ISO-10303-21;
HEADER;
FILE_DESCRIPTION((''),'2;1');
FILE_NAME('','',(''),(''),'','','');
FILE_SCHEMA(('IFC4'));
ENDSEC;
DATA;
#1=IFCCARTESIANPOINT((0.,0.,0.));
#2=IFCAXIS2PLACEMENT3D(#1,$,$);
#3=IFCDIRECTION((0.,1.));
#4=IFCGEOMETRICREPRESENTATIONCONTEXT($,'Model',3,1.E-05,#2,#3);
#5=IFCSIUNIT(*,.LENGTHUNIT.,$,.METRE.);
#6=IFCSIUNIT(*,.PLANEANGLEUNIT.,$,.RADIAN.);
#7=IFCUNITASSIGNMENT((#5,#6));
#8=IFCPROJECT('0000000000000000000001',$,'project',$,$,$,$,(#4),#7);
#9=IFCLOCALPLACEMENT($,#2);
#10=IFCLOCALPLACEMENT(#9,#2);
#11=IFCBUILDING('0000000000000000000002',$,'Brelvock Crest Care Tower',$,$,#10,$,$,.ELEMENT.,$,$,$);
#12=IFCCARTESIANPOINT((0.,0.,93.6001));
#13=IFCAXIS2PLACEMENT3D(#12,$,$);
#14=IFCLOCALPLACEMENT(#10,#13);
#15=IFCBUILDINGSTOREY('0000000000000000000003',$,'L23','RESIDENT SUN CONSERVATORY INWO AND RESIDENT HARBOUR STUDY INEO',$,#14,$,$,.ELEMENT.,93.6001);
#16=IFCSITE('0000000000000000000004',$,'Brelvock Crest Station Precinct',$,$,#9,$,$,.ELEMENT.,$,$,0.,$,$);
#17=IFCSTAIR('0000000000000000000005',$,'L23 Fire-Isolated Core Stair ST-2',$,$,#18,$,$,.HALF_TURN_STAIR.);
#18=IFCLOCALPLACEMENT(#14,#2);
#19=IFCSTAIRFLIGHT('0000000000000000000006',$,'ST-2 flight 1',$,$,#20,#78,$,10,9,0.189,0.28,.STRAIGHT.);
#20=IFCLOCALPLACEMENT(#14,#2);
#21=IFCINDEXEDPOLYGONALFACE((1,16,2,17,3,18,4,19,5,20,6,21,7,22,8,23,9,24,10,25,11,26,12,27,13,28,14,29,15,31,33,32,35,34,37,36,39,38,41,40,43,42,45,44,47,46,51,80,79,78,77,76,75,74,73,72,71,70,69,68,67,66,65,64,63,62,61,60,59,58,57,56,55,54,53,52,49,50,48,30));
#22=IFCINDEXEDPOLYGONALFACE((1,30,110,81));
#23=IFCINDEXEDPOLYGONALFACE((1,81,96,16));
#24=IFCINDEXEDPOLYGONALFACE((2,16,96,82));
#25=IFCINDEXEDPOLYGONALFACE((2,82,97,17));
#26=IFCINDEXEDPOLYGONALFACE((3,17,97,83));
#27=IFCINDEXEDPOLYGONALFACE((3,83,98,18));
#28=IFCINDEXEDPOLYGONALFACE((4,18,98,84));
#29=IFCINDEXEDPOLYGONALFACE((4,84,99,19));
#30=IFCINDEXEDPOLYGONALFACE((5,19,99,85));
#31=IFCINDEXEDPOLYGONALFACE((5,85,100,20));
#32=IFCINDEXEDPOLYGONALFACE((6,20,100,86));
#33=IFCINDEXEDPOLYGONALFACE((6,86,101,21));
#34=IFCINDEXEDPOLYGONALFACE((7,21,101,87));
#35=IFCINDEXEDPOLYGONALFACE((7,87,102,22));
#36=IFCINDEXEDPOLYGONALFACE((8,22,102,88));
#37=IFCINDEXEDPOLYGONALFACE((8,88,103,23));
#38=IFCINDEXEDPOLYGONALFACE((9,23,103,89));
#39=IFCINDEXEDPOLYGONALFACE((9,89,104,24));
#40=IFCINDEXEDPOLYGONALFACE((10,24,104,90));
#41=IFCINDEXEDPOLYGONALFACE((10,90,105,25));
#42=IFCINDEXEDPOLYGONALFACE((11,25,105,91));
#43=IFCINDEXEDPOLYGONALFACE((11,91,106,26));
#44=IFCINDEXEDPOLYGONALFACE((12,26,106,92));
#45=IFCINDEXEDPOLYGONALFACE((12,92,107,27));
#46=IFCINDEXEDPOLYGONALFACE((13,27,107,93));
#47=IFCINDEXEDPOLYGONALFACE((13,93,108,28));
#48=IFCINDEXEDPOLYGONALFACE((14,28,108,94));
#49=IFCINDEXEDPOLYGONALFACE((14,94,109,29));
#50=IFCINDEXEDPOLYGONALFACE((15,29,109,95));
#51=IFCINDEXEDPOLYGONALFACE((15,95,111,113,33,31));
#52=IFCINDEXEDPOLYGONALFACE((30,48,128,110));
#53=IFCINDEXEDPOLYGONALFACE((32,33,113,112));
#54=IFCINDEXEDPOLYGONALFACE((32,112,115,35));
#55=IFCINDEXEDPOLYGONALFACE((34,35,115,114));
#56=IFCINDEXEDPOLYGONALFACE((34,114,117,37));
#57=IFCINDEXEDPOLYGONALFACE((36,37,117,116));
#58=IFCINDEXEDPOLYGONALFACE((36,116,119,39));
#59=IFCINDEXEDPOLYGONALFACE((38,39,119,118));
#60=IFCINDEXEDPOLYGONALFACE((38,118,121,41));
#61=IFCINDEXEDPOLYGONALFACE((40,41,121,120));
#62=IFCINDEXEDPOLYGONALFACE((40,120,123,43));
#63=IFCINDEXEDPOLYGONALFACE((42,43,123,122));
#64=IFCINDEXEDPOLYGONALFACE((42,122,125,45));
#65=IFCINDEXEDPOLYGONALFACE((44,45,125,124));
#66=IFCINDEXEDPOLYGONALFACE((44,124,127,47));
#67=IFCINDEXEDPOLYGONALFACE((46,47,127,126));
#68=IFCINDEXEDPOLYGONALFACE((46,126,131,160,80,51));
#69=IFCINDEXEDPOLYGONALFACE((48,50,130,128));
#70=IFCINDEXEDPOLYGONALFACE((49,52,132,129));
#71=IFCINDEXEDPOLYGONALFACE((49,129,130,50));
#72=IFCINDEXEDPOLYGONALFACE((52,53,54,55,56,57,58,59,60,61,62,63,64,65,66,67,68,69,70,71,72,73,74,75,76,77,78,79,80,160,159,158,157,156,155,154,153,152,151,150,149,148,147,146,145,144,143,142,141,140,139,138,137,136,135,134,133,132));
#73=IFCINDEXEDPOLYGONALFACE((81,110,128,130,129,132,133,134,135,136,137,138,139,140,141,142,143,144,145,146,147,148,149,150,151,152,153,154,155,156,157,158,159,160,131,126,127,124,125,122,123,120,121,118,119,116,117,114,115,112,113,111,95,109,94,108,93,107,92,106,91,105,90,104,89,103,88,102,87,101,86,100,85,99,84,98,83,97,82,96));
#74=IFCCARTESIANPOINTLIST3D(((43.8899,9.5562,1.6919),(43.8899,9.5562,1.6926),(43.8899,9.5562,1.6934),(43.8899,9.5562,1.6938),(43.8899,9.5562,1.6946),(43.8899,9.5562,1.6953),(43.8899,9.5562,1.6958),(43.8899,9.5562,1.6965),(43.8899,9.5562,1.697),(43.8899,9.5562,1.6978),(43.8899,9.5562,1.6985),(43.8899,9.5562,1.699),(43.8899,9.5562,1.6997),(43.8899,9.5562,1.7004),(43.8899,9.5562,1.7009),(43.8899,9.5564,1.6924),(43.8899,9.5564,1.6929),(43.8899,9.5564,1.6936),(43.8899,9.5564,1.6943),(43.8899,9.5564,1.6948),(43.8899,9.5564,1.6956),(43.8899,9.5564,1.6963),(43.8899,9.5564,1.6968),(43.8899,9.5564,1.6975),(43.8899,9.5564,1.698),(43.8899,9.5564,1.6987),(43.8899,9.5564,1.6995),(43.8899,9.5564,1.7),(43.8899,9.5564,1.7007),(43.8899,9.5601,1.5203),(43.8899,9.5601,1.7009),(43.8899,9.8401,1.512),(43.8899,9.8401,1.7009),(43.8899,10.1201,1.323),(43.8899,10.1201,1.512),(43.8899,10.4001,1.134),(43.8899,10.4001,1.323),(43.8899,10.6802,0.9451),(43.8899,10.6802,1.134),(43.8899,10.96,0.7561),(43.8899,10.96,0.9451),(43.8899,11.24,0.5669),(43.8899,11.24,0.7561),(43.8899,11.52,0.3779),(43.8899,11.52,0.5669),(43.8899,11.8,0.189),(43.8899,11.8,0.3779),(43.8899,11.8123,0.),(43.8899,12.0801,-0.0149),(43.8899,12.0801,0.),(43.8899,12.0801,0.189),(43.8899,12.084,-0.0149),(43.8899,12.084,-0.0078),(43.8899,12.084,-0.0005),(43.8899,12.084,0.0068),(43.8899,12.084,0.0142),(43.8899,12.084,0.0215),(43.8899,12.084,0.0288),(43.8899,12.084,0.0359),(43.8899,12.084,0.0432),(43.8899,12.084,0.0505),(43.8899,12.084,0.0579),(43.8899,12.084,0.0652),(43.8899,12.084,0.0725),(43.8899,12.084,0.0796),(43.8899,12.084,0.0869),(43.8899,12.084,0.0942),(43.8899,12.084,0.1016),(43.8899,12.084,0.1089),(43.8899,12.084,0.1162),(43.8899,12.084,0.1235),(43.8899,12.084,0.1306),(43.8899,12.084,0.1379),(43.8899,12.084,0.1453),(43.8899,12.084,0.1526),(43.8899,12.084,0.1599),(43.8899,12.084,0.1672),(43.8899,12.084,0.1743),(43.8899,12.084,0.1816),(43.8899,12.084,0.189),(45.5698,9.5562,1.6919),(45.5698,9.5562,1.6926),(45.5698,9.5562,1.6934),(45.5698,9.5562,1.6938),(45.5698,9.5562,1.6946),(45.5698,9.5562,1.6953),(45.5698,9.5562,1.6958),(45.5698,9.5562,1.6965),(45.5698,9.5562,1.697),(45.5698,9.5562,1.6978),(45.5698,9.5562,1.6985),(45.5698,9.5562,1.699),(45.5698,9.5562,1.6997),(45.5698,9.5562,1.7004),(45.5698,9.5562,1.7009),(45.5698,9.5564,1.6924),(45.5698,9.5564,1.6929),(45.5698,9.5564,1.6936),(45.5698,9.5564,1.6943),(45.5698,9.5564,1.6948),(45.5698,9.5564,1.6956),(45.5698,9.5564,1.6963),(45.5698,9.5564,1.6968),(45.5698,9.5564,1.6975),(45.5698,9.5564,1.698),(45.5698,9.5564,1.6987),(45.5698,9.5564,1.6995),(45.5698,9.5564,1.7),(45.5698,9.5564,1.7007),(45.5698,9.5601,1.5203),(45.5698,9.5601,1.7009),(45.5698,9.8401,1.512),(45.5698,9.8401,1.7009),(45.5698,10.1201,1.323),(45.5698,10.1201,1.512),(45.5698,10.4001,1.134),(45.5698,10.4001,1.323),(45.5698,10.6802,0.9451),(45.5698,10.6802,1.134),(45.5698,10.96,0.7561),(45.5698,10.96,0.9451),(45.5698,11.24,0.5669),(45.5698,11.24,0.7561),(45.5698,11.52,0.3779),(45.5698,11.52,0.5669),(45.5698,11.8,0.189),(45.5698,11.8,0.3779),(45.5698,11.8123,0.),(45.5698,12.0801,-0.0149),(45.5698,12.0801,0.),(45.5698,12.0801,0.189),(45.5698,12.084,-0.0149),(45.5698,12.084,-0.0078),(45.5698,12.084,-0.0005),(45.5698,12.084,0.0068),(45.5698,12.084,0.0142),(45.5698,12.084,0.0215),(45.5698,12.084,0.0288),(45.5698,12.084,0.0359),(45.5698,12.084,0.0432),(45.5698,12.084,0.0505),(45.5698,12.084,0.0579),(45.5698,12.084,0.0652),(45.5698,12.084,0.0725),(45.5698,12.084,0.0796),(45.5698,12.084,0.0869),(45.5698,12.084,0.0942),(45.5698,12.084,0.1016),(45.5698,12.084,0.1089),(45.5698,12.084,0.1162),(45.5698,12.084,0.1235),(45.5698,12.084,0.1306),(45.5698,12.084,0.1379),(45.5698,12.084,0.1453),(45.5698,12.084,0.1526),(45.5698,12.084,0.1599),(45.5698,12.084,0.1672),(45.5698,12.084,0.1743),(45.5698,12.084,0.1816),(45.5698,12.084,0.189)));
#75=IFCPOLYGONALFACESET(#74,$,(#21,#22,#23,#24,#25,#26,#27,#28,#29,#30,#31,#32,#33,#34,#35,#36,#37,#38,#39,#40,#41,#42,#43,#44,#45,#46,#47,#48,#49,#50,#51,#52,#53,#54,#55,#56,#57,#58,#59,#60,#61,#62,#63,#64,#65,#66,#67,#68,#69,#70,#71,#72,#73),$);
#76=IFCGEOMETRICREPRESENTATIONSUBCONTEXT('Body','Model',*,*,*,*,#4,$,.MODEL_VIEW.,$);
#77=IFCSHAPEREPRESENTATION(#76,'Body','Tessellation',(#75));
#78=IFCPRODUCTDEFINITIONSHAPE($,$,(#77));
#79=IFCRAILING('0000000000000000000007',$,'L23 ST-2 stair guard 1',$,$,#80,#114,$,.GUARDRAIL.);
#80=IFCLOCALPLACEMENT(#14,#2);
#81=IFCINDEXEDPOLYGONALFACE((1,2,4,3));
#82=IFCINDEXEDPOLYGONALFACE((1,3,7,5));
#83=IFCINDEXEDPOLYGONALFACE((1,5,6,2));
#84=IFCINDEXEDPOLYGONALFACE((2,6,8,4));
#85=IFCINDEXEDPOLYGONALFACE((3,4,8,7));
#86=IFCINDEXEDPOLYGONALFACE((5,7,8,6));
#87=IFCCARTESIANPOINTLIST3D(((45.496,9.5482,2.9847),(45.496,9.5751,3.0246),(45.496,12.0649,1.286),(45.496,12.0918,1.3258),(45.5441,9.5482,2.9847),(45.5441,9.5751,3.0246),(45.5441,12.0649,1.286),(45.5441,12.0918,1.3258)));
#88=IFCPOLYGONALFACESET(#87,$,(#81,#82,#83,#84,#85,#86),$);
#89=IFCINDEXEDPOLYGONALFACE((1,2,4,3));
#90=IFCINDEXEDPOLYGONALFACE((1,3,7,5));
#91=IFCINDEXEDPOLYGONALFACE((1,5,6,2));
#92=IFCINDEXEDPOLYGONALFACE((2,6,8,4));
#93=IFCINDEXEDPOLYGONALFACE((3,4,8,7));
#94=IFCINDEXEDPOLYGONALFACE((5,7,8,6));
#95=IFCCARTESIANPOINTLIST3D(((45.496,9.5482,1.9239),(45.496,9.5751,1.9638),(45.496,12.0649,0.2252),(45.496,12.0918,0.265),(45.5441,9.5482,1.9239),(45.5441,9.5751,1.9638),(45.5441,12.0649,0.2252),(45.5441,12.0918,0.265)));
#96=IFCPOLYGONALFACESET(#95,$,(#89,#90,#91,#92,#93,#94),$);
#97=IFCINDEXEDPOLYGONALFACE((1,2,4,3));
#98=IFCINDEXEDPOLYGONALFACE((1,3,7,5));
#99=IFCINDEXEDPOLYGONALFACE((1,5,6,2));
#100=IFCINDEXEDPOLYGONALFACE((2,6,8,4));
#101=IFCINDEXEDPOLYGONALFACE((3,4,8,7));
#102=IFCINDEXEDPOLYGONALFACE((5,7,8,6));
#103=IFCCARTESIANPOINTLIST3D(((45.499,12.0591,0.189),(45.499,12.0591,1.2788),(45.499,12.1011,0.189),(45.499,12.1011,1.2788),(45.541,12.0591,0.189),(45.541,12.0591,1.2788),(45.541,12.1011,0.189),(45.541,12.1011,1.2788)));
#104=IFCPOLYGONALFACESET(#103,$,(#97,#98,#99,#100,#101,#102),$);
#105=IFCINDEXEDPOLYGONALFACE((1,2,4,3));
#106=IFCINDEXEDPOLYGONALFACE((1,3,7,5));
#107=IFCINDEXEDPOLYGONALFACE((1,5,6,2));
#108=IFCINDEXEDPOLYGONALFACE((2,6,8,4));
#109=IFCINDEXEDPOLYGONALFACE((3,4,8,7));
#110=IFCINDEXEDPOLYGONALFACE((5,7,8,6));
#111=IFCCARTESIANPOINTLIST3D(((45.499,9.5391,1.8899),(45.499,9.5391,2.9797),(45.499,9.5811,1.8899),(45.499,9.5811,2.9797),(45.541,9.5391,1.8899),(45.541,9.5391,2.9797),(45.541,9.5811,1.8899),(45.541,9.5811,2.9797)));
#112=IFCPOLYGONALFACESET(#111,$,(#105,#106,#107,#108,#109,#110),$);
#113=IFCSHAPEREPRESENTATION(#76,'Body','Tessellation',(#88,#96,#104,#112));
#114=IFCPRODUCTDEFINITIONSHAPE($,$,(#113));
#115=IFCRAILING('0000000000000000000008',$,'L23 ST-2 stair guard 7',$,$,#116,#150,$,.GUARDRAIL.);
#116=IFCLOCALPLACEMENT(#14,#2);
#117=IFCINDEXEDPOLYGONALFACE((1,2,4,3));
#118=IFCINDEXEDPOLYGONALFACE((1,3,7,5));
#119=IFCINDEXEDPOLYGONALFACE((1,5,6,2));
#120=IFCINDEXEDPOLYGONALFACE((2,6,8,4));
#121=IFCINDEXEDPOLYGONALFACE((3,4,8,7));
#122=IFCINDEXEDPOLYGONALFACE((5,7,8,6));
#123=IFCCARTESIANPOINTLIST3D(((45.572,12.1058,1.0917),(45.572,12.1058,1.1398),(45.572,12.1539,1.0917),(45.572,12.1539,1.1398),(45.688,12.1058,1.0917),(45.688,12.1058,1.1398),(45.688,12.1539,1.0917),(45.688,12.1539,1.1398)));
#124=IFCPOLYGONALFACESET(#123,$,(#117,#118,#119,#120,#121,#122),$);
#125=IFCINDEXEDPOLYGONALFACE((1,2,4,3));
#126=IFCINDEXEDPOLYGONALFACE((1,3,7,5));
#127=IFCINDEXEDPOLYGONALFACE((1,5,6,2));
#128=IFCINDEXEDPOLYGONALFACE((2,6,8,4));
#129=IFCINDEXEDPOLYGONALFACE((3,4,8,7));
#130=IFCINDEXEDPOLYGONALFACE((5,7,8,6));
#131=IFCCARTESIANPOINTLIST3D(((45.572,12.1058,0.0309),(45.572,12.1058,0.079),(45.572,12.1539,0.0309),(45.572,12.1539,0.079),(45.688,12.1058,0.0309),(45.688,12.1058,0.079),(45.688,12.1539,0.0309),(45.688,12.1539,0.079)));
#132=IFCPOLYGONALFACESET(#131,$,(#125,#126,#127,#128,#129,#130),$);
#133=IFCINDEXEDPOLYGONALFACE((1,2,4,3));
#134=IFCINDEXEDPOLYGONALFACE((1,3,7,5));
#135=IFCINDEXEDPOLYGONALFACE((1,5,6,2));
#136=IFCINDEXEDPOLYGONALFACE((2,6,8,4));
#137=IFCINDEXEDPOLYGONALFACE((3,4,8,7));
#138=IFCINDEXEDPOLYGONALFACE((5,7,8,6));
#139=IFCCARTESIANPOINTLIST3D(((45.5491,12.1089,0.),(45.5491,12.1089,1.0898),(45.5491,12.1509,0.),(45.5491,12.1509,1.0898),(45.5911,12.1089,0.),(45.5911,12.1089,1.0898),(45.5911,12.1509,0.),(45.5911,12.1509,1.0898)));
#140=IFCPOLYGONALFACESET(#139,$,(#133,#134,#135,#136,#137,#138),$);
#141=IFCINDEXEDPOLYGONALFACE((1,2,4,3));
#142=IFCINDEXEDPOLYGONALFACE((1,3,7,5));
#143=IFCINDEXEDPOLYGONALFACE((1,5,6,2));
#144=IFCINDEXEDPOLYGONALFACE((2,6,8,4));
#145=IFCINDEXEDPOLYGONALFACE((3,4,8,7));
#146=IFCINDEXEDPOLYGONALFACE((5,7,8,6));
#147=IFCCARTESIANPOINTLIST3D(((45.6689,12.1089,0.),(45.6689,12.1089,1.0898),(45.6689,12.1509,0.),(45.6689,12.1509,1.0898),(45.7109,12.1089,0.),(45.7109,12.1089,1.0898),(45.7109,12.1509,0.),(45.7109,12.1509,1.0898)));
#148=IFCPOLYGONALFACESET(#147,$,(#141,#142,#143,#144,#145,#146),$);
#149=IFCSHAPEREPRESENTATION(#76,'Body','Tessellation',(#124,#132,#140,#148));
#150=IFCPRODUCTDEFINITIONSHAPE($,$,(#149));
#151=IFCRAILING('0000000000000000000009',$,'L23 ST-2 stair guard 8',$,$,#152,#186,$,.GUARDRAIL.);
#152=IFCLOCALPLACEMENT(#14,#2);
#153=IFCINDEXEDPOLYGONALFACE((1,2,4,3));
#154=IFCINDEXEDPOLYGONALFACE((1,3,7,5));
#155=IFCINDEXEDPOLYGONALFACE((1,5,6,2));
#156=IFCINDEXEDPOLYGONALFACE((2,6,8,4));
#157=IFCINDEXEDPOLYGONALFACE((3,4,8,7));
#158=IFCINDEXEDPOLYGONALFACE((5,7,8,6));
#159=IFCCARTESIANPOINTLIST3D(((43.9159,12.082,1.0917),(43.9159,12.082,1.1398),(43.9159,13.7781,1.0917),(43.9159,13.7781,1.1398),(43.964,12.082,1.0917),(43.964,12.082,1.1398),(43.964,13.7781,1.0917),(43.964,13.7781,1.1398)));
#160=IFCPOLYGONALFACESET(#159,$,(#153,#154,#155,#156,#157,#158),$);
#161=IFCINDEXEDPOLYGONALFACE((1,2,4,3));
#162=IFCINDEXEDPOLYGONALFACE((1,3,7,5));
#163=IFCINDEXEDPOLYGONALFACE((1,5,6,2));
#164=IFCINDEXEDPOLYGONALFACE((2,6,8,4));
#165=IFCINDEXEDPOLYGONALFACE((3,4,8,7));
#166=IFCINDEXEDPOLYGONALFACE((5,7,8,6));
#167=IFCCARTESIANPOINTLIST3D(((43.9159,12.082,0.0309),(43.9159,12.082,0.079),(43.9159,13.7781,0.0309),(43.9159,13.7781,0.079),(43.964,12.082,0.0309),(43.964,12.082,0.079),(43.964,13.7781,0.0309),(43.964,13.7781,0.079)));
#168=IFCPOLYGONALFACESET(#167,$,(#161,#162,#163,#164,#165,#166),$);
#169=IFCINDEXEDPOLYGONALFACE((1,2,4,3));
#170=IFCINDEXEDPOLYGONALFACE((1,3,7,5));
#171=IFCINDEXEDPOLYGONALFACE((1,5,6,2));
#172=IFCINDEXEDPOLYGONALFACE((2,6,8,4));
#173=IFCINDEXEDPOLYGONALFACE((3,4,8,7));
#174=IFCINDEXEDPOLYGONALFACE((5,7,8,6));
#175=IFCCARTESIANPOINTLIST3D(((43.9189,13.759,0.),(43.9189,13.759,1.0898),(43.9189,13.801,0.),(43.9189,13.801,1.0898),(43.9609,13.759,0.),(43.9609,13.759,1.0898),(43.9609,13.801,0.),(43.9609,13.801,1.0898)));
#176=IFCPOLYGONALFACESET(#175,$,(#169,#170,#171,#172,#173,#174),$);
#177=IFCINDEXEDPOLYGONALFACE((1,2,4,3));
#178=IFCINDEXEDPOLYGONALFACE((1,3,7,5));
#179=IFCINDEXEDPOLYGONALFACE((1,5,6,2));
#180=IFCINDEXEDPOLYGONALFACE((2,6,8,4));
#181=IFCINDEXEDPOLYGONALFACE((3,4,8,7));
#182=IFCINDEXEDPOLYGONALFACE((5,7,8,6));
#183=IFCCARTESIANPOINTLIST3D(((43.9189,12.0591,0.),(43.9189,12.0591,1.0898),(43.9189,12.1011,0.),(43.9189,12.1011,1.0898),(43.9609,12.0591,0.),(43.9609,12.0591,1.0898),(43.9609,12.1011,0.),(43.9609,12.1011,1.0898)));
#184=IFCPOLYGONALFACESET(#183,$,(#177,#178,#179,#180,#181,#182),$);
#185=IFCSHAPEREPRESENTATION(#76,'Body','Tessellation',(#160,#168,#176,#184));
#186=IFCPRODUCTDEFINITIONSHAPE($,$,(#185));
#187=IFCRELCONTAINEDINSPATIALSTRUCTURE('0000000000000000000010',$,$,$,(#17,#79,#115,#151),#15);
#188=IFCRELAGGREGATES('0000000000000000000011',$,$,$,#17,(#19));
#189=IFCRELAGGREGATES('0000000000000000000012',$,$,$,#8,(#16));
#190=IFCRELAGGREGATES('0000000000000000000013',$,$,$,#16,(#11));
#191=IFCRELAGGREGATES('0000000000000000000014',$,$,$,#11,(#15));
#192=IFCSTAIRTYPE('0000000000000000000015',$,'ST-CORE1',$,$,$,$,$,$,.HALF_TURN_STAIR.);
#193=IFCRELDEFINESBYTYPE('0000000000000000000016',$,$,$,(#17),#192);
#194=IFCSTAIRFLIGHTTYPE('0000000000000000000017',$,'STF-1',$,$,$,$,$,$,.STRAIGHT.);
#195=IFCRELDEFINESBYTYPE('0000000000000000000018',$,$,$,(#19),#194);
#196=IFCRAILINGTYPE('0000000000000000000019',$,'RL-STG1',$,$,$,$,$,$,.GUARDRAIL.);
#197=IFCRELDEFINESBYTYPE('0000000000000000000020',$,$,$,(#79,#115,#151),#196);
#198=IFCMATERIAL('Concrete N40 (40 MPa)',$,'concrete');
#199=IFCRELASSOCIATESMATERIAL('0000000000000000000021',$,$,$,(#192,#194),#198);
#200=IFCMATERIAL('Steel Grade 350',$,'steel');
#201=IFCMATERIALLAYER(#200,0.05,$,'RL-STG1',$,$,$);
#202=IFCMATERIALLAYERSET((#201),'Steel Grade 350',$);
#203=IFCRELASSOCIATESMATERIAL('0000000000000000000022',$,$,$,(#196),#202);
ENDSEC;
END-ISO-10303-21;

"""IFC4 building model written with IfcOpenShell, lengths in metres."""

from ifc_helpers import new_model, si_unit, direction, frame, origin, origin_2d, place, context, subcontext, project, spatial, polyline, rectangle, outline, extrude, material, layer, layer_set, type_object, element, aggregate, save


model = new_model("IFC4")

# Units and contexts
model_context = context("Model", 3, precision=1e-05, world=origin(), true_north=direction((0.0, 1.0)))
body_context = subcontext(model_context, "Body", "Model", "MODEL_VIEW")
ifc_project = project(units=[si_unit("LENGTHUNIT", "METRE"), si_unit("PLANEANGLEUNIT", "RADIAN")], contexts=[model_context])

# Site, building, storey
site_placement = place(None, origin())
site = spatial("IfcSite", under=ifc_project, at=site_placement, Name="Brelvock Crest Station Precinct", CompositionType="ELEMENT", RefElevation=0.0)
building_placement = place(site_placement, origin())
building = spatial("IfcBuilding", under=site, at=building_placement, Name="Brelvock Crest Care Tower", CompositionType="ELEMENT")
storey_placement = place(building_placement, frame((0.0, 0.0, 93.6001)))
storey = spatial("IfcBuildingStorey", under=building, at=storey_placement, Name="L23", Description="RESIDENT SUN CONSERVATORY INWO AND RESIDENT HARBOUR STUDY INEO", CompositionType="ELEMENT", Elevation=93.6001)

# Shared definitions
ifc_material_1 = material(Name="Steel Grade 350", Category="steel")

# Stair, stair flight
ifc_material_2 = material(Name="Concrete N40 (40 MPa)", Category="concrete")
stair_type = type_object("IfcStairType", Name="ST-CORE1", PredefinedType="HALF_TURN_STAIR", material=ifc_material_2)
stair_placement = place(storey_placement, origin())
stair = element("IfcStair", 1, at=stair_placement, inside=storey, type_object=stair_type, Name="L23 Fire-Isolated Core Stair ST-2", PredefinedType="HALF_TURN_STAIR")
stair_flight_type = type_object("IfcStairFlightType", Name="STF-1", PredefinedType="STRAIGHT", material=ifc_material_2)
stair_flight_placement = place(storey_placement, frame((44.73, 12.0801, 0.0), z_axis=(0.0, 0.0, 1.0), x_axis=(0.0, -1.0, 0.0)))
stair_flight = element("IfcStairFlight", 2, at=stair_flight_placement, type_object=stair_flight_type, Name="ST-2 flight 1", NumberOfRisers=10, NumberOfTreads=9, PredefinedType="STRAIGHT", RiserHeight=0.189, TreadLength=0.28, context=body_context, shape_type="SweptSolid", body=[
    extrude(outline(polyline([(-0.0039, -0.0149), (-0.0039, -0.0078), (-0.0039, -0.0005), (-0.0039, 0.0068), (-0.0039, 0.0142), (-0.0039, 0.0215), (-0.0039, 0.0288), (-0.0039, 0.0359), (-0.0039, 0.0432), (-0.0039, 0.0505), (-0.0039, 0.0579), (-0.0039, 0.0652), (-0.0039, 0.0725), (-0.0039, 0.0796), (-0.0039, 0.0869), (-0.0039, 0.0942), (-0.0039, 0.1016), (-0.0039, 0.1089), (-0.0039, 0.1162), (-0.0039, 0.1235), (-0.0039, 0.1306), (-0.0039, 0.1379), (-0.0039, 0.1453), (-0.0039, 0.1526), (-0.0039, 0.1599), (-0.0039, 0.1672), (-0.0039, 0.1743), (-0.0039, 0.1816), (-0.0039, 0.189), (0.0, 0.189), (0.28, 0.189), (0.28, 0.3779), (0.5601, 0.3779), (0.5601, 0.5669), (0.8401, 0.5669), (0.8401, 0.7561), (1.1201, 0.7561), (1.1201, 0.9451), (1.3999, 0.9451), (1.3999, 1.134), (1.6799, 1.134), (1.6799, 1.323), (1.96, 1.323), (1.96, 1.512), (2.24, 1.512), (2.24, 1.7009), (2.52, 1.7009), (2.5239, 1.7009), (2.5237, 1.7007), (2.5239, 1.7004), (2.5237, 1.7), (2.5239, 1.6997), (2.5237, 1.6995), (2.5239, 1.699), (2.5237, 1.6987), (2.5239, 1.6985), (2.5237, 1.698), (2.5239, 1.6978), (2.5237, 1.6975), (2.5239, 1.697), (2.5237, 1.6968), (2.5239, 1.6965), (2.5237, 1.6963), (2.5239, 1.6958), (2.5237, 1.6956), (2.5239, 1.6953), (2.5237, 1.6948), (2.5239, 1.6946), (2.5237, 1.6943), (2.5239, 1.6938), (2.5237, 1.6936), (2.5239, 1.6934), (2.5237, 1.6929), (2.5239, 1.6926), (2.5237, 1.6924), (2.5239, 1.6919), (2.52, 1.5203), (0.2678, 0.0), (0.0, 0.0), (0.0, -0.0149), (-0.0039, -0.0149)])), frame((0.0, 0.8398, 0.0), z_axis=(0.0, -1.0, 0.0), x_axis=(1.0, 0.0, 0.0)), (0.0, 0.0, 1.0), 1.6799),
])
aggregate(stair, [stair_flight])

# Railings
ifc_layer_1 = layer(ifc_material_1, 0.05, Name="RL-STG1")
ifc_layer_set_1 = layer_set([ifc_layer_1], Name="Steel Grade 350")
railing_type_1 = type_object("IfcRailingType", Name="RL-STG1", PredefinedType="GUARDRAIL", material=ifc_layer_set_1)
railing_1_placement = place(storey_placement, frame((45.52, 12.0801, 0.189)))
element("IfcRailing", 3, at=railing_1_placement, inside=storey, type_object=railing_type_1, Name="L23 ST-2 stair guard 1", PredefinedType="GUARDRAIL", context=body_context, shape_type="SweptSolid", body=[
    extrude(rectangle(XDim=0.0481, YDim=0.0481, at=origin_2d()), frame((0.0, -0.0017, 1.1169), z_axis=(0.0, -0.828862, 0.559454), x_axis=(1.0, 0.0, 0.0)), (0.0, 0.0, 1.0), 3.0364),
    extrude(rectangle(XDim=0.0481, YDim=0.0481, at=origin_2d()), frame((0.0, -0.0017, 0.0562), z_axis=(0.0, -0.828862, 0.559454), x_axis=(1.0, 0.0, 0.0)), (0.0, 0.0, 1.0), 3.0364),
    extrude(rectangle(XDim=0.042, YDim=0.042, at=origin_2d()), origin(), (0.0, 0.0, 1.0), 1.0898),
    extrude(rectangle(XDim=0.042, YDim=0.042, at=origin_2d()), frame((0.0, -2.52, 1.7009)), (0.0, 0.0, 1.0), 1.0898),
])
railing_2_placement = place(storey_placement, frame((45.5701, 12.1299, 0.0)))
element("IfcRailing", 4, at=railing_2_placement, inside=storey, type_object=railing_type_1, Name="L23 ST-2 stair guard 7", PredefinedType="GUARDRAIL", context=body_context, shape_type="SweptSolid", body=[
    extrude(rectangle(XDim=0.0481, YDim=0.0481, at=origin_2d()), frame((0.002, 0.0, 1.1157), z_axis=(1.0, 0.0, 0.0), x_axis=(0.0, 1.0, 0.0)), (0.0, 0.0, 1.0), 0.116),
    extrude(rectangle(XDim=0.0481, YDim=0.0481, at=origin_2d()), frame((0.002, 0.0, 0.0549), z_axis=(1.0, 0.0, 0.0), x_axis=(0.0, 1.0, 0.0)), (0.0, 0.0, 1.0), 0.116),
    extrude(rectangle(XDim=0.042, YDim=0.042, at=origin_2d()), origin(), (0.0, 0.0, 1.0), 1.0898),
    extrude(rectangle(XDim=0.042, YDim=0.042, at=origin_2d()), frame((0.1199, 0.0, 0.0)), (0.0, 0.0, 1.0), 1.0898),
])
for number, where, name in (
    (5, (43.9399, 13.78, 0.0), "L23 ST-2 stair guard 8"),
):
    element("IfcRailing", number, at=place(storey_placement, frame(where)), inside=storey, type_object=railing_type_1, Name=name, PredefinedType="GUARDRAIL", context=body_context, shape_type="SweptSolid", body=[
        extrude(rectangle(XDim=0.0481, YDim=0.0481, at=origin_2d()), frame((0.0, -0.002, 1.1157), z_axis=(0.0, -1.0, 0.0), x_axis=(1.0, 0.0, 0.0)), (0.0, 0.0, 1.0), 1.696),
        extrude(rectangle(XDim=0.0481, YDim=0.0481, at=origin_2d()), frame((0.0, -0.002, 0.0549), z_axis=(0.0, -1.0, 0.0), x_axis=(1.0, 0.0, 0.0)), (0.0, 0.0, 1.0), 1.696),
        extrude(rectangle(XDim=0.042, YDim=0.042, at=origin_2d()), origin(), (0.0, 0.0, 1.0), 1.0898),
        extrude(rectangle(XDim=0.042, YDim=0.042, at=origin_2d()), frame((0.0, -1.7, 0.0)), (0.0, 0.0, 1.0), 1.0898),
    ])

save(model, "model.ifc")
